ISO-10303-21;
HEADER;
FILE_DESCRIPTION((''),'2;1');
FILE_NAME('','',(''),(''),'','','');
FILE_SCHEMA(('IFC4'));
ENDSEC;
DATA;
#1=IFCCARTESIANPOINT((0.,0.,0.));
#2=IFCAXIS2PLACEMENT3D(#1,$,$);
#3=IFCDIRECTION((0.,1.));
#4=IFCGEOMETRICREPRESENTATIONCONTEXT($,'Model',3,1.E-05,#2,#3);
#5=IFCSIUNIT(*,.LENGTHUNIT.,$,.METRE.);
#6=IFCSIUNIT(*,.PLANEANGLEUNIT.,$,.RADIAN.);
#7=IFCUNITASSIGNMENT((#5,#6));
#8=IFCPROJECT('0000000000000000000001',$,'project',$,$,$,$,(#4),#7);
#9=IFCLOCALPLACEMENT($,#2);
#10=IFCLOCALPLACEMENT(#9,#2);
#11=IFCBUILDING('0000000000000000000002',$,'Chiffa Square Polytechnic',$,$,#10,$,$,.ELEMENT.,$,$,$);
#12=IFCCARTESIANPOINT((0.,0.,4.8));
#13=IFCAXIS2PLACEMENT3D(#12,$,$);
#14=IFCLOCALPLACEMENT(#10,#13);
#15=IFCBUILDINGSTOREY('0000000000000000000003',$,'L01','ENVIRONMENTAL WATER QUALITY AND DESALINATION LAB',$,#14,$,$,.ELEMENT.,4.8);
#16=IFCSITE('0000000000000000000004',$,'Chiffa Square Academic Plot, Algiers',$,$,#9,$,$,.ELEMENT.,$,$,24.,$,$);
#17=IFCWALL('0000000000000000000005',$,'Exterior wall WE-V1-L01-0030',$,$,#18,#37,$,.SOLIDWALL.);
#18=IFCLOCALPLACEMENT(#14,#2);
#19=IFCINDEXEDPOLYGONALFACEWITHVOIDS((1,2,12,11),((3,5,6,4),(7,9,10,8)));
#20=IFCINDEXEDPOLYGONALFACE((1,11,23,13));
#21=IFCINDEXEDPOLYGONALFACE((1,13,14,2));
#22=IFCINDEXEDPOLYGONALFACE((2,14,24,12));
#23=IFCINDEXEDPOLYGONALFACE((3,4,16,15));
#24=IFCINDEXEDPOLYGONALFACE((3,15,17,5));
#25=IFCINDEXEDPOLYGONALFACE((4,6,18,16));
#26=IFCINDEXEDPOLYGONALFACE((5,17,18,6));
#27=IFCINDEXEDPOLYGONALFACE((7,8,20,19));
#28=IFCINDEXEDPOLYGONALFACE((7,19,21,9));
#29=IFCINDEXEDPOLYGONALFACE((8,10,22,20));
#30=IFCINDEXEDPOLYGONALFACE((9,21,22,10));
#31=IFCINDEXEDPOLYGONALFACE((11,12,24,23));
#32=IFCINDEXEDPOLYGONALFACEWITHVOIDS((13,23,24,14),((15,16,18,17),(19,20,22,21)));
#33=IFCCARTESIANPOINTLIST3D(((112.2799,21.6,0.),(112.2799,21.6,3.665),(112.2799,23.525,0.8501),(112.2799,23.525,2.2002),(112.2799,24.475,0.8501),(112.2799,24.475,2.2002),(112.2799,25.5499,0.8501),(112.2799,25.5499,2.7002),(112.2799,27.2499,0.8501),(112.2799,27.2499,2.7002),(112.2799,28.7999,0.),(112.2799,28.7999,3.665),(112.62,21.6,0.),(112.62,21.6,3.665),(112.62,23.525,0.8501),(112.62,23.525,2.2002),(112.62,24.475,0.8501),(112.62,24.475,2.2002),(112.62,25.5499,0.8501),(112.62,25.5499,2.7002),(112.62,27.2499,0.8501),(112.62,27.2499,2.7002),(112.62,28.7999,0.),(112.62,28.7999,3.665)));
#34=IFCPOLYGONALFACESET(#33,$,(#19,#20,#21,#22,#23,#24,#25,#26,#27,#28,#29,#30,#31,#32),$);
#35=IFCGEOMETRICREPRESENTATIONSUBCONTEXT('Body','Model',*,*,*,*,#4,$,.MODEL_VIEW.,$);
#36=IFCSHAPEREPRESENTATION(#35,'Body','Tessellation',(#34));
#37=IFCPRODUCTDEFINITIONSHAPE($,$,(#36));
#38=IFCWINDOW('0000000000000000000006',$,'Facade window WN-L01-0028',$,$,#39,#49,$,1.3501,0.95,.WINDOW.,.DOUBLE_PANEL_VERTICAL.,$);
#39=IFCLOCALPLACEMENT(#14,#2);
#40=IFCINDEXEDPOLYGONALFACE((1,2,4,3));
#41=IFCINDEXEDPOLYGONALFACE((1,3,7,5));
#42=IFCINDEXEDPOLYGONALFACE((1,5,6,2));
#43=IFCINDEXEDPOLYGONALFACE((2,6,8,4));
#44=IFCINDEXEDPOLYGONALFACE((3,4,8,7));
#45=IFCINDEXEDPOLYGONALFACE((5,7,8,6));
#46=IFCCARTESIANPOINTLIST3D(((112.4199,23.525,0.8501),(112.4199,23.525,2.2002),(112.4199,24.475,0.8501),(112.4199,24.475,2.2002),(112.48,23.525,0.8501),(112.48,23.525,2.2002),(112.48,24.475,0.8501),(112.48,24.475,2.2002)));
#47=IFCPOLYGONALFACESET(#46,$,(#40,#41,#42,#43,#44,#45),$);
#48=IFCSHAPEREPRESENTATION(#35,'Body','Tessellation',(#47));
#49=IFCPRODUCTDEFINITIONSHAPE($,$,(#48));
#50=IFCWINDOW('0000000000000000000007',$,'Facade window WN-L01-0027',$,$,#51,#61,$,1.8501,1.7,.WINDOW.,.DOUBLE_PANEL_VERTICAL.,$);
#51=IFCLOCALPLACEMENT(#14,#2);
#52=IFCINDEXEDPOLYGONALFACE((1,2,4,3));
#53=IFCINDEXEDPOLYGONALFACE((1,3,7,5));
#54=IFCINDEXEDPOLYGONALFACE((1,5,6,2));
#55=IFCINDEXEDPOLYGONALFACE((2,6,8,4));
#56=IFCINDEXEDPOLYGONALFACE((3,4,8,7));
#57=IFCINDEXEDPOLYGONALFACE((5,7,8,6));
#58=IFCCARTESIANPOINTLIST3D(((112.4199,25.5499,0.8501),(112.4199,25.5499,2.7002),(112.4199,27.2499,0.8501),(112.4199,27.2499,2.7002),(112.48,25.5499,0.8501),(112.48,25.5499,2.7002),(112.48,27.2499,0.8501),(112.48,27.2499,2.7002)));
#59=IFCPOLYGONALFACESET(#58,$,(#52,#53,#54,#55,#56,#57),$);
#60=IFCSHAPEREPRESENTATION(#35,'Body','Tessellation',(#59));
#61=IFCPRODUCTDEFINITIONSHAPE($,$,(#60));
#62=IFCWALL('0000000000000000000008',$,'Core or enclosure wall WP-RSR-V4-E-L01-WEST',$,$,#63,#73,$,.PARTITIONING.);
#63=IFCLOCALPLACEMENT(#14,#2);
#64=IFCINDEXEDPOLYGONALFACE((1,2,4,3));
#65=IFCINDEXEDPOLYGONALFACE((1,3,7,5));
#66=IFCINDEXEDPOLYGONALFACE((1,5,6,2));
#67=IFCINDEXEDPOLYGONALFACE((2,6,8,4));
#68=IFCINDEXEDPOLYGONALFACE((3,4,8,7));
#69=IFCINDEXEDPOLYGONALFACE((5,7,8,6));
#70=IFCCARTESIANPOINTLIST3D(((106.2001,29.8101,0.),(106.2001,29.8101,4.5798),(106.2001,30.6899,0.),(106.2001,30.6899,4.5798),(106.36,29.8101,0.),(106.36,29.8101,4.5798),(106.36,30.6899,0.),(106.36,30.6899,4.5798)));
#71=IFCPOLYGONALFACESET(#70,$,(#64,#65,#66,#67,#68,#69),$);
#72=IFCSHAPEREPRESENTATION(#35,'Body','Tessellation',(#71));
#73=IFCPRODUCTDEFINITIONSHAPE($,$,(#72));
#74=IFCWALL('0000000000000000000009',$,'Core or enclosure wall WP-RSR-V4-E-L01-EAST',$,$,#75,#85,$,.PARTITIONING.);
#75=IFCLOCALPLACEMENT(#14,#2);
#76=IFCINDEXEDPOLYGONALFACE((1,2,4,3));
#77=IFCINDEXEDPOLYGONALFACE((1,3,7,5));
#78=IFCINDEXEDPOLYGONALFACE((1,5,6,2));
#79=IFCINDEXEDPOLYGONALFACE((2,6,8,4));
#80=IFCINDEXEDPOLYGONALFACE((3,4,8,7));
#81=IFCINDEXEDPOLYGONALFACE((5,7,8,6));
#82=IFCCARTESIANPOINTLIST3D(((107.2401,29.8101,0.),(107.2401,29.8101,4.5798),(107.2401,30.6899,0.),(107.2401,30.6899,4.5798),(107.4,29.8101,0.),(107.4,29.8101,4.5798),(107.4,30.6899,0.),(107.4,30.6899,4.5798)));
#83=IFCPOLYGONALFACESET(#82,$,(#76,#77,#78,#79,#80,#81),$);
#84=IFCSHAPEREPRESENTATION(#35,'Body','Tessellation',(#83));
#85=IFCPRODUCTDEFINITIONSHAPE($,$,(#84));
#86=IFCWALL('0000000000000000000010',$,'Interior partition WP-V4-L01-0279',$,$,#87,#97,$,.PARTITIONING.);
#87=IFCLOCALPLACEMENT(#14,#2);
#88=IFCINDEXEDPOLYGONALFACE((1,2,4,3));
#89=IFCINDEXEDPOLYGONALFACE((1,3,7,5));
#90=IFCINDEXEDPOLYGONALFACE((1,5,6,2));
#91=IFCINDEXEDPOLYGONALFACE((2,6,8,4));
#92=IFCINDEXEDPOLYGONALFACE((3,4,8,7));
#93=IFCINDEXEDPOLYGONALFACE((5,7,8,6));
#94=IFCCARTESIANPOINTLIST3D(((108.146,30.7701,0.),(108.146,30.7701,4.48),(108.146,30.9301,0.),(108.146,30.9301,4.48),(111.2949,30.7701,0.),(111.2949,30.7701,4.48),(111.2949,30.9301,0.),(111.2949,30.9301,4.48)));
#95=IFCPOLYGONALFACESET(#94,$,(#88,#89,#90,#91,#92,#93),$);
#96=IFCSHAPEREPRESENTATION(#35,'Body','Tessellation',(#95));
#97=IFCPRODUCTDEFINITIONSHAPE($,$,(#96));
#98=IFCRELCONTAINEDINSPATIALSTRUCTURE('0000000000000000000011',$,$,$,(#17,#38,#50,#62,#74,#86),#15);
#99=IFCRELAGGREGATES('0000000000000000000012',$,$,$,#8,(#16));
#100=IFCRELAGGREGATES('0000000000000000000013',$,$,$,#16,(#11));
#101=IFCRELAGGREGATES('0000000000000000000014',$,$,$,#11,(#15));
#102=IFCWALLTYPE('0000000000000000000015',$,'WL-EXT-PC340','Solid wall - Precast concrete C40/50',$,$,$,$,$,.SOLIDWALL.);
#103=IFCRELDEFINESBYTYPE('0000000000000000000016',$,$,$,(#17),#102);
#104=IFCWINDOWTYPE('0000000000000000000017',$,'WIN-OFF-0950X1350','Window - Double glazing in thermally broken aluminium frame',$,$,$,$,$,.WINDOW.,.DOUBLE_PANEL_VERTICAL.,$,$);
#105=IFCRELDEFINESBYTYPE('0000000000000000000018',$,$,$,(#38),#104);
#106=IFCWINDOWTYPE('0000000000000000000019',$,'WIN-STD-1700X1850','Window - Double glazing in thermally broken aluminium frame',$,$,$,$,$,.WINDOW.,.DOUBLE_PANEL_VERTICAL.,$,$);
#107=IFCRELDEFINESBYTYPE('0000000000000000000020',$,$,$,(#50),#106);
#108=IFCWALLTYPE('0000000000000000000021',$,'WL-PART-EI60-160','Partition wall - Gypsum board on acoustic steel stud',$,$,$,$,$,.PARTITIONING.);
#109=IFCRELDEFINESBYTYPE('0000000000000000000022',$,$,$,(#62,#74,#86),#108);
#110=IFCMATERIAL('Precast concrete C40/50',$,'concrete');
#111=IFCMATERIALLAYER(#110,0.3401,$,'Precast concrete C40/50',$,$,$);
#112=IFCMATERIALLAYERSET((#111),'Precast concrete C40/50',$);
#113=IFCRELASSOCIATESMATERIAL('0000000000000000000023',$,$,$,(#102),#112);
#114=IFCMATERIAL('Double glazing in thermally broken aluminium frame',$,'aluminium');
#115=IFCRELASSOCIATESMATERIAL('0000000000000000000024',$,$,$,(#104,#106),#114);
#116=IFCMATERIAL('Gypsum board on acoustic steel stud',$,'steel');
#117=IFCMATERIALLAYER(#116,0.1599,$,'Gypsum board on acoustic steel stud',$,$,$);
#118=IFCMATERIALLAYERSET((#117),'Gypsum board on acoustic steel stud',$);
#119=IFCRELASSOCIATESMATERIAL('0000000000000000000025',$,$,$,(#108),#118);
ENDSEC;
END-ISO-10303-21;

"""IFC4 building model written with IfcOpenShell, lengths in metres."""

from ifc_helpers import new_model, si_unit, direction, frame, frame_2d, origin, place, context, subcontext, project, spatial, rectangle, extrude, material, layer, layer_set, type_object, element, fill, save


model = new_model("IFC4")

# Units and contexts
model_context = context("Model", 3, precision=1e-05, world=origin(), true_north=direction((0.0, 1.0)))
body_context = subcontext(model_context, "Body", "Model", "MODEL_VIEW")
ifc_project = project(units=[si_unit("LENGTHUNIT", "METRE"), si_unit("PLANEANGLEUNIT", "RADIAN")], contexts=[model_context])

# Site, building, storey
site_placement = place(None, origin())
site = spatial("IfcSite", under=ifc_project, at=site_placement, Name="Chiffa Square Academic Plot, Algiers", CompositionType="ELEMENT", RefElevation=24.0)
building_placement = place(site_placement, origin())
building = spatial("IfcBuilding", under=site, at=building_placement, Name="Chiffa Square Polytechnic", CompositionType="ELEMENT")
storey_placement = place(building_placement, frame((0.0, 0.0, 4.8)))
storey = spatial("IfcBuildingStorey", under=building, at=storey_placement, Name="L01", Description="ENVIRONMENTAL WATER QUALITY AND DESALINATION LAB", CompositionType="ELEMENT", Elevation=4.8)

# Shared definitions
ifc_material_1 = material(Name="Precast concrete C40/50", Category="concrete")

# Wall, openings, windows
ifc_layer_1 = layer(ifc_material_1, 0.3401, Name="Precast concrete C40/50")
ifc_layer_set_1 = layer_set([ifc_layer_1], Name="Precast concrete C40/50")
wall_type_1 = type_object("IfcWallType", Name="WL-EXT-PC340", Description="Solid wall - Precast concrete C40/50", PredefinedType="SOLIDWALL", material=ifc_layer_set_1)
wall_1_placement = place(storey_placement, frame((112.45, 28.8, 0.0), z_axis=(0.0, 0.0, 1.0), x_axis=(0.0, -1.0, 0.0)))
wall_1 = element("IfcWall", 1, at=wall_1_placement, inside=storey, type_object=wall_type_1, Name="Exterior wall WE-V1-L01-0030", PredefinedType="SOLIDWALL", context=body_context, shape_type="SweptSolid", body=[
    extrude(rectangle(XDim=7.2, YDim=0.3401, at=frame_2d((3.6001, 0.0))), origin(), (0.0, 0.0, 1.0), 3.665),
])
opening_1_placement = place(wall_1_placement, frame((1.55, 0.0, 0.8501)))
opening_1 = element("IfcOpeningElement", 2, at=opening_1_placement, cuts=wall_1, PredefinedType="OPENING", context=body_context, shape_type="SweptSolid", body=[
    extrude(rectangle(XDim=1.7, YDim=1.8501, at=frame_2d((0.8501, 0.925))), frame((0.0, 0.1802, 0.0), z_axis=(0.0, -1.0, 0.0), x_axis=(1.0, 0.0, 0.0)), (0.0, 0.0, 1.0), 0.3601),
])
opening_2_placement = place(wall_1_placement, frame((4.325, 0.0, 0.8501)))
opening_2 = element("IfcOpeningElement", 3, at=opening_2_placement, cuts=wall_1, PredefinedType="OPENING", context=body_context, shape_type="SweptSolid", body=[
    extrude(rectangle(XDim=0.95, YDim=1.3501, at=frame_2d((0.4751, 0.675))), frame((0.0, 0.1802, 0.0), z_axis=(0.0, -1.0, 0.0), x_axis=(1.0, 0.0, 0.0)), (0.0, 0.0, 1.0), 0.3601),
])
ifc_material_2 = material(Name="Double glazing in thermally broken aluminium frame", Category="aluminium")
window_type_1 = type_object("IfcWindowType", Name="WIN-OFF-0950X1350", Description="Window - Double glazing in thermally broken aluminium frame", PartitioningType="DOUBLE_PANEL_VERTICAL", PredefinedType="WINDOW", material=ifc_material_2)
window_1_placement = place(opening_2_placement, origin())
window_1 = element("IfcWindow", 4, at=window_1_placement, inside=storey, type_object=window_type_1, Name="Facade window WN-L01-0028", OverallHeight=1.3501, OverallWidth=0.95, PartitioningType="DOUBLE_PANEL_VERTICAL", PredefinedType="WINDOW", context=body_context, shape_type="SweptSolid", body=[
    extrude(rectangle(XDim=0.95, YDim=1.3501, at=frame_2d((0.4751, 0.675))), frame((0.0, 0.03, 0.0), z_axis=(0.0, -1.0, 0.0), x_axis=(1.0, 0.0, 0.0)), (0.0, 0.0, 1.0), 0.0601),
])
fill(opening_2, window_1)
window_type_2 = type_object("IfcWindowType", Name="WIN-STD-1700X1850", Description="Window - Double glazing in thermally broken aluminium frame", PartitioningType="DOUBLE_PANEL_VERTICAL", PredefinedType="WINDOW", material=ifc_material_2)
window_2_placement = place(opening_1_placement, origin())
window_2 = element("IfcWindow", 5, at=window_2_placement, inside=storey, type_object=window_type_2, Name="Facade window WN-L01-0027", OverallHeight=1.8501, OverallWidth=1.7, PartitioningType="DOUBLE_PANEL_VERTICAL", PredefinedType="WINDOW", context=body_context, shape_type="SweptSolid", body=[
    extrude(rectangle(XDim=1.7, YDim=1.8501, at=frame_2d((0.8501, 0.925))), frame((0.0, 0.03, 0.0), z_axis=(0.0, -1.0, 0.0), x_axis=(1.0, 0.0, 0.0)), (0.0, 0.0, 1.0), 0.0601),
])
fill(opening_1, window_2)

# Walls
ifc_material_3 = material(Name="Gypsum board on acoustic steel stud", Category="steel")
ifc_layer_2 = layer(ifc_material_3, 0.1599, Name="Gypsum board on acoustic steel stud")
ifc_layer_set_2 = layer_set([ifc_layer_2], Name="Gypsum board on acoustic steel stud")
wall_type_2 = type_object("IfcWallType", Name="WL-PART-EI60-160", Description="Partition wall - Gypsum board on acoustic steel stud", PredefinedType="PARTITIONING", material=ifc_layer_set_2)
for number, where, z_axis, x_axis, name in (
    (6, (106.28, 29.8101, 0.0), (0.0, 0.0, 1.0), (0.0, 1.0, 0.0), "Core or enclosure wall WP-RSR-V4-E-L01-WEST"),
    (7, (107.3201, 29.8101, 0.0), (0.0, 0.0, 1.0), (0.0, 1.0, 0.0), "Core or enclosure wall WP-RSR-V4-E-L01-EAST"),
):
    element("IfcWall", number, at=place(storey_placement, frame(where, z_axis=z_axis, x_axis=x_axis)), inside=storey, type_object=wall_type_2, Name=name, PredefinedType="PARTITIONING", context=body_context, shape_type="SweptSolid", body=[
        extrude(rectangle(XDim=0.8799, YDim=0.1599, at=frame_2d((0.4399, 0.0))), origin(), (0.0, 0.0, 1.0), 4.5798),
    ])
wall_2_placement = place(storey_placement, frame((108.146, 30.8501, 0.0), z_axis=(0.0, 0.0, 1.0), x_axis=(1.0, 0.0, 0.0)))
element("IfcWall", 8, at=wall_2_placement, inside=storey, type_object=wall_type_2, Name="Interior partition WP-V4-L01-0279", PredefinedType="PARTITIONING", context=body_context, shape_type="SweptSolid", body=[
    extrude(rectangle(XDim=3.1489, YDim=0.1599, at=frame_2d((1.5745, 0.0))), origin(), (0.0, 0.0, 1.0), 4.48),
])

save(model, "model.ifc")
